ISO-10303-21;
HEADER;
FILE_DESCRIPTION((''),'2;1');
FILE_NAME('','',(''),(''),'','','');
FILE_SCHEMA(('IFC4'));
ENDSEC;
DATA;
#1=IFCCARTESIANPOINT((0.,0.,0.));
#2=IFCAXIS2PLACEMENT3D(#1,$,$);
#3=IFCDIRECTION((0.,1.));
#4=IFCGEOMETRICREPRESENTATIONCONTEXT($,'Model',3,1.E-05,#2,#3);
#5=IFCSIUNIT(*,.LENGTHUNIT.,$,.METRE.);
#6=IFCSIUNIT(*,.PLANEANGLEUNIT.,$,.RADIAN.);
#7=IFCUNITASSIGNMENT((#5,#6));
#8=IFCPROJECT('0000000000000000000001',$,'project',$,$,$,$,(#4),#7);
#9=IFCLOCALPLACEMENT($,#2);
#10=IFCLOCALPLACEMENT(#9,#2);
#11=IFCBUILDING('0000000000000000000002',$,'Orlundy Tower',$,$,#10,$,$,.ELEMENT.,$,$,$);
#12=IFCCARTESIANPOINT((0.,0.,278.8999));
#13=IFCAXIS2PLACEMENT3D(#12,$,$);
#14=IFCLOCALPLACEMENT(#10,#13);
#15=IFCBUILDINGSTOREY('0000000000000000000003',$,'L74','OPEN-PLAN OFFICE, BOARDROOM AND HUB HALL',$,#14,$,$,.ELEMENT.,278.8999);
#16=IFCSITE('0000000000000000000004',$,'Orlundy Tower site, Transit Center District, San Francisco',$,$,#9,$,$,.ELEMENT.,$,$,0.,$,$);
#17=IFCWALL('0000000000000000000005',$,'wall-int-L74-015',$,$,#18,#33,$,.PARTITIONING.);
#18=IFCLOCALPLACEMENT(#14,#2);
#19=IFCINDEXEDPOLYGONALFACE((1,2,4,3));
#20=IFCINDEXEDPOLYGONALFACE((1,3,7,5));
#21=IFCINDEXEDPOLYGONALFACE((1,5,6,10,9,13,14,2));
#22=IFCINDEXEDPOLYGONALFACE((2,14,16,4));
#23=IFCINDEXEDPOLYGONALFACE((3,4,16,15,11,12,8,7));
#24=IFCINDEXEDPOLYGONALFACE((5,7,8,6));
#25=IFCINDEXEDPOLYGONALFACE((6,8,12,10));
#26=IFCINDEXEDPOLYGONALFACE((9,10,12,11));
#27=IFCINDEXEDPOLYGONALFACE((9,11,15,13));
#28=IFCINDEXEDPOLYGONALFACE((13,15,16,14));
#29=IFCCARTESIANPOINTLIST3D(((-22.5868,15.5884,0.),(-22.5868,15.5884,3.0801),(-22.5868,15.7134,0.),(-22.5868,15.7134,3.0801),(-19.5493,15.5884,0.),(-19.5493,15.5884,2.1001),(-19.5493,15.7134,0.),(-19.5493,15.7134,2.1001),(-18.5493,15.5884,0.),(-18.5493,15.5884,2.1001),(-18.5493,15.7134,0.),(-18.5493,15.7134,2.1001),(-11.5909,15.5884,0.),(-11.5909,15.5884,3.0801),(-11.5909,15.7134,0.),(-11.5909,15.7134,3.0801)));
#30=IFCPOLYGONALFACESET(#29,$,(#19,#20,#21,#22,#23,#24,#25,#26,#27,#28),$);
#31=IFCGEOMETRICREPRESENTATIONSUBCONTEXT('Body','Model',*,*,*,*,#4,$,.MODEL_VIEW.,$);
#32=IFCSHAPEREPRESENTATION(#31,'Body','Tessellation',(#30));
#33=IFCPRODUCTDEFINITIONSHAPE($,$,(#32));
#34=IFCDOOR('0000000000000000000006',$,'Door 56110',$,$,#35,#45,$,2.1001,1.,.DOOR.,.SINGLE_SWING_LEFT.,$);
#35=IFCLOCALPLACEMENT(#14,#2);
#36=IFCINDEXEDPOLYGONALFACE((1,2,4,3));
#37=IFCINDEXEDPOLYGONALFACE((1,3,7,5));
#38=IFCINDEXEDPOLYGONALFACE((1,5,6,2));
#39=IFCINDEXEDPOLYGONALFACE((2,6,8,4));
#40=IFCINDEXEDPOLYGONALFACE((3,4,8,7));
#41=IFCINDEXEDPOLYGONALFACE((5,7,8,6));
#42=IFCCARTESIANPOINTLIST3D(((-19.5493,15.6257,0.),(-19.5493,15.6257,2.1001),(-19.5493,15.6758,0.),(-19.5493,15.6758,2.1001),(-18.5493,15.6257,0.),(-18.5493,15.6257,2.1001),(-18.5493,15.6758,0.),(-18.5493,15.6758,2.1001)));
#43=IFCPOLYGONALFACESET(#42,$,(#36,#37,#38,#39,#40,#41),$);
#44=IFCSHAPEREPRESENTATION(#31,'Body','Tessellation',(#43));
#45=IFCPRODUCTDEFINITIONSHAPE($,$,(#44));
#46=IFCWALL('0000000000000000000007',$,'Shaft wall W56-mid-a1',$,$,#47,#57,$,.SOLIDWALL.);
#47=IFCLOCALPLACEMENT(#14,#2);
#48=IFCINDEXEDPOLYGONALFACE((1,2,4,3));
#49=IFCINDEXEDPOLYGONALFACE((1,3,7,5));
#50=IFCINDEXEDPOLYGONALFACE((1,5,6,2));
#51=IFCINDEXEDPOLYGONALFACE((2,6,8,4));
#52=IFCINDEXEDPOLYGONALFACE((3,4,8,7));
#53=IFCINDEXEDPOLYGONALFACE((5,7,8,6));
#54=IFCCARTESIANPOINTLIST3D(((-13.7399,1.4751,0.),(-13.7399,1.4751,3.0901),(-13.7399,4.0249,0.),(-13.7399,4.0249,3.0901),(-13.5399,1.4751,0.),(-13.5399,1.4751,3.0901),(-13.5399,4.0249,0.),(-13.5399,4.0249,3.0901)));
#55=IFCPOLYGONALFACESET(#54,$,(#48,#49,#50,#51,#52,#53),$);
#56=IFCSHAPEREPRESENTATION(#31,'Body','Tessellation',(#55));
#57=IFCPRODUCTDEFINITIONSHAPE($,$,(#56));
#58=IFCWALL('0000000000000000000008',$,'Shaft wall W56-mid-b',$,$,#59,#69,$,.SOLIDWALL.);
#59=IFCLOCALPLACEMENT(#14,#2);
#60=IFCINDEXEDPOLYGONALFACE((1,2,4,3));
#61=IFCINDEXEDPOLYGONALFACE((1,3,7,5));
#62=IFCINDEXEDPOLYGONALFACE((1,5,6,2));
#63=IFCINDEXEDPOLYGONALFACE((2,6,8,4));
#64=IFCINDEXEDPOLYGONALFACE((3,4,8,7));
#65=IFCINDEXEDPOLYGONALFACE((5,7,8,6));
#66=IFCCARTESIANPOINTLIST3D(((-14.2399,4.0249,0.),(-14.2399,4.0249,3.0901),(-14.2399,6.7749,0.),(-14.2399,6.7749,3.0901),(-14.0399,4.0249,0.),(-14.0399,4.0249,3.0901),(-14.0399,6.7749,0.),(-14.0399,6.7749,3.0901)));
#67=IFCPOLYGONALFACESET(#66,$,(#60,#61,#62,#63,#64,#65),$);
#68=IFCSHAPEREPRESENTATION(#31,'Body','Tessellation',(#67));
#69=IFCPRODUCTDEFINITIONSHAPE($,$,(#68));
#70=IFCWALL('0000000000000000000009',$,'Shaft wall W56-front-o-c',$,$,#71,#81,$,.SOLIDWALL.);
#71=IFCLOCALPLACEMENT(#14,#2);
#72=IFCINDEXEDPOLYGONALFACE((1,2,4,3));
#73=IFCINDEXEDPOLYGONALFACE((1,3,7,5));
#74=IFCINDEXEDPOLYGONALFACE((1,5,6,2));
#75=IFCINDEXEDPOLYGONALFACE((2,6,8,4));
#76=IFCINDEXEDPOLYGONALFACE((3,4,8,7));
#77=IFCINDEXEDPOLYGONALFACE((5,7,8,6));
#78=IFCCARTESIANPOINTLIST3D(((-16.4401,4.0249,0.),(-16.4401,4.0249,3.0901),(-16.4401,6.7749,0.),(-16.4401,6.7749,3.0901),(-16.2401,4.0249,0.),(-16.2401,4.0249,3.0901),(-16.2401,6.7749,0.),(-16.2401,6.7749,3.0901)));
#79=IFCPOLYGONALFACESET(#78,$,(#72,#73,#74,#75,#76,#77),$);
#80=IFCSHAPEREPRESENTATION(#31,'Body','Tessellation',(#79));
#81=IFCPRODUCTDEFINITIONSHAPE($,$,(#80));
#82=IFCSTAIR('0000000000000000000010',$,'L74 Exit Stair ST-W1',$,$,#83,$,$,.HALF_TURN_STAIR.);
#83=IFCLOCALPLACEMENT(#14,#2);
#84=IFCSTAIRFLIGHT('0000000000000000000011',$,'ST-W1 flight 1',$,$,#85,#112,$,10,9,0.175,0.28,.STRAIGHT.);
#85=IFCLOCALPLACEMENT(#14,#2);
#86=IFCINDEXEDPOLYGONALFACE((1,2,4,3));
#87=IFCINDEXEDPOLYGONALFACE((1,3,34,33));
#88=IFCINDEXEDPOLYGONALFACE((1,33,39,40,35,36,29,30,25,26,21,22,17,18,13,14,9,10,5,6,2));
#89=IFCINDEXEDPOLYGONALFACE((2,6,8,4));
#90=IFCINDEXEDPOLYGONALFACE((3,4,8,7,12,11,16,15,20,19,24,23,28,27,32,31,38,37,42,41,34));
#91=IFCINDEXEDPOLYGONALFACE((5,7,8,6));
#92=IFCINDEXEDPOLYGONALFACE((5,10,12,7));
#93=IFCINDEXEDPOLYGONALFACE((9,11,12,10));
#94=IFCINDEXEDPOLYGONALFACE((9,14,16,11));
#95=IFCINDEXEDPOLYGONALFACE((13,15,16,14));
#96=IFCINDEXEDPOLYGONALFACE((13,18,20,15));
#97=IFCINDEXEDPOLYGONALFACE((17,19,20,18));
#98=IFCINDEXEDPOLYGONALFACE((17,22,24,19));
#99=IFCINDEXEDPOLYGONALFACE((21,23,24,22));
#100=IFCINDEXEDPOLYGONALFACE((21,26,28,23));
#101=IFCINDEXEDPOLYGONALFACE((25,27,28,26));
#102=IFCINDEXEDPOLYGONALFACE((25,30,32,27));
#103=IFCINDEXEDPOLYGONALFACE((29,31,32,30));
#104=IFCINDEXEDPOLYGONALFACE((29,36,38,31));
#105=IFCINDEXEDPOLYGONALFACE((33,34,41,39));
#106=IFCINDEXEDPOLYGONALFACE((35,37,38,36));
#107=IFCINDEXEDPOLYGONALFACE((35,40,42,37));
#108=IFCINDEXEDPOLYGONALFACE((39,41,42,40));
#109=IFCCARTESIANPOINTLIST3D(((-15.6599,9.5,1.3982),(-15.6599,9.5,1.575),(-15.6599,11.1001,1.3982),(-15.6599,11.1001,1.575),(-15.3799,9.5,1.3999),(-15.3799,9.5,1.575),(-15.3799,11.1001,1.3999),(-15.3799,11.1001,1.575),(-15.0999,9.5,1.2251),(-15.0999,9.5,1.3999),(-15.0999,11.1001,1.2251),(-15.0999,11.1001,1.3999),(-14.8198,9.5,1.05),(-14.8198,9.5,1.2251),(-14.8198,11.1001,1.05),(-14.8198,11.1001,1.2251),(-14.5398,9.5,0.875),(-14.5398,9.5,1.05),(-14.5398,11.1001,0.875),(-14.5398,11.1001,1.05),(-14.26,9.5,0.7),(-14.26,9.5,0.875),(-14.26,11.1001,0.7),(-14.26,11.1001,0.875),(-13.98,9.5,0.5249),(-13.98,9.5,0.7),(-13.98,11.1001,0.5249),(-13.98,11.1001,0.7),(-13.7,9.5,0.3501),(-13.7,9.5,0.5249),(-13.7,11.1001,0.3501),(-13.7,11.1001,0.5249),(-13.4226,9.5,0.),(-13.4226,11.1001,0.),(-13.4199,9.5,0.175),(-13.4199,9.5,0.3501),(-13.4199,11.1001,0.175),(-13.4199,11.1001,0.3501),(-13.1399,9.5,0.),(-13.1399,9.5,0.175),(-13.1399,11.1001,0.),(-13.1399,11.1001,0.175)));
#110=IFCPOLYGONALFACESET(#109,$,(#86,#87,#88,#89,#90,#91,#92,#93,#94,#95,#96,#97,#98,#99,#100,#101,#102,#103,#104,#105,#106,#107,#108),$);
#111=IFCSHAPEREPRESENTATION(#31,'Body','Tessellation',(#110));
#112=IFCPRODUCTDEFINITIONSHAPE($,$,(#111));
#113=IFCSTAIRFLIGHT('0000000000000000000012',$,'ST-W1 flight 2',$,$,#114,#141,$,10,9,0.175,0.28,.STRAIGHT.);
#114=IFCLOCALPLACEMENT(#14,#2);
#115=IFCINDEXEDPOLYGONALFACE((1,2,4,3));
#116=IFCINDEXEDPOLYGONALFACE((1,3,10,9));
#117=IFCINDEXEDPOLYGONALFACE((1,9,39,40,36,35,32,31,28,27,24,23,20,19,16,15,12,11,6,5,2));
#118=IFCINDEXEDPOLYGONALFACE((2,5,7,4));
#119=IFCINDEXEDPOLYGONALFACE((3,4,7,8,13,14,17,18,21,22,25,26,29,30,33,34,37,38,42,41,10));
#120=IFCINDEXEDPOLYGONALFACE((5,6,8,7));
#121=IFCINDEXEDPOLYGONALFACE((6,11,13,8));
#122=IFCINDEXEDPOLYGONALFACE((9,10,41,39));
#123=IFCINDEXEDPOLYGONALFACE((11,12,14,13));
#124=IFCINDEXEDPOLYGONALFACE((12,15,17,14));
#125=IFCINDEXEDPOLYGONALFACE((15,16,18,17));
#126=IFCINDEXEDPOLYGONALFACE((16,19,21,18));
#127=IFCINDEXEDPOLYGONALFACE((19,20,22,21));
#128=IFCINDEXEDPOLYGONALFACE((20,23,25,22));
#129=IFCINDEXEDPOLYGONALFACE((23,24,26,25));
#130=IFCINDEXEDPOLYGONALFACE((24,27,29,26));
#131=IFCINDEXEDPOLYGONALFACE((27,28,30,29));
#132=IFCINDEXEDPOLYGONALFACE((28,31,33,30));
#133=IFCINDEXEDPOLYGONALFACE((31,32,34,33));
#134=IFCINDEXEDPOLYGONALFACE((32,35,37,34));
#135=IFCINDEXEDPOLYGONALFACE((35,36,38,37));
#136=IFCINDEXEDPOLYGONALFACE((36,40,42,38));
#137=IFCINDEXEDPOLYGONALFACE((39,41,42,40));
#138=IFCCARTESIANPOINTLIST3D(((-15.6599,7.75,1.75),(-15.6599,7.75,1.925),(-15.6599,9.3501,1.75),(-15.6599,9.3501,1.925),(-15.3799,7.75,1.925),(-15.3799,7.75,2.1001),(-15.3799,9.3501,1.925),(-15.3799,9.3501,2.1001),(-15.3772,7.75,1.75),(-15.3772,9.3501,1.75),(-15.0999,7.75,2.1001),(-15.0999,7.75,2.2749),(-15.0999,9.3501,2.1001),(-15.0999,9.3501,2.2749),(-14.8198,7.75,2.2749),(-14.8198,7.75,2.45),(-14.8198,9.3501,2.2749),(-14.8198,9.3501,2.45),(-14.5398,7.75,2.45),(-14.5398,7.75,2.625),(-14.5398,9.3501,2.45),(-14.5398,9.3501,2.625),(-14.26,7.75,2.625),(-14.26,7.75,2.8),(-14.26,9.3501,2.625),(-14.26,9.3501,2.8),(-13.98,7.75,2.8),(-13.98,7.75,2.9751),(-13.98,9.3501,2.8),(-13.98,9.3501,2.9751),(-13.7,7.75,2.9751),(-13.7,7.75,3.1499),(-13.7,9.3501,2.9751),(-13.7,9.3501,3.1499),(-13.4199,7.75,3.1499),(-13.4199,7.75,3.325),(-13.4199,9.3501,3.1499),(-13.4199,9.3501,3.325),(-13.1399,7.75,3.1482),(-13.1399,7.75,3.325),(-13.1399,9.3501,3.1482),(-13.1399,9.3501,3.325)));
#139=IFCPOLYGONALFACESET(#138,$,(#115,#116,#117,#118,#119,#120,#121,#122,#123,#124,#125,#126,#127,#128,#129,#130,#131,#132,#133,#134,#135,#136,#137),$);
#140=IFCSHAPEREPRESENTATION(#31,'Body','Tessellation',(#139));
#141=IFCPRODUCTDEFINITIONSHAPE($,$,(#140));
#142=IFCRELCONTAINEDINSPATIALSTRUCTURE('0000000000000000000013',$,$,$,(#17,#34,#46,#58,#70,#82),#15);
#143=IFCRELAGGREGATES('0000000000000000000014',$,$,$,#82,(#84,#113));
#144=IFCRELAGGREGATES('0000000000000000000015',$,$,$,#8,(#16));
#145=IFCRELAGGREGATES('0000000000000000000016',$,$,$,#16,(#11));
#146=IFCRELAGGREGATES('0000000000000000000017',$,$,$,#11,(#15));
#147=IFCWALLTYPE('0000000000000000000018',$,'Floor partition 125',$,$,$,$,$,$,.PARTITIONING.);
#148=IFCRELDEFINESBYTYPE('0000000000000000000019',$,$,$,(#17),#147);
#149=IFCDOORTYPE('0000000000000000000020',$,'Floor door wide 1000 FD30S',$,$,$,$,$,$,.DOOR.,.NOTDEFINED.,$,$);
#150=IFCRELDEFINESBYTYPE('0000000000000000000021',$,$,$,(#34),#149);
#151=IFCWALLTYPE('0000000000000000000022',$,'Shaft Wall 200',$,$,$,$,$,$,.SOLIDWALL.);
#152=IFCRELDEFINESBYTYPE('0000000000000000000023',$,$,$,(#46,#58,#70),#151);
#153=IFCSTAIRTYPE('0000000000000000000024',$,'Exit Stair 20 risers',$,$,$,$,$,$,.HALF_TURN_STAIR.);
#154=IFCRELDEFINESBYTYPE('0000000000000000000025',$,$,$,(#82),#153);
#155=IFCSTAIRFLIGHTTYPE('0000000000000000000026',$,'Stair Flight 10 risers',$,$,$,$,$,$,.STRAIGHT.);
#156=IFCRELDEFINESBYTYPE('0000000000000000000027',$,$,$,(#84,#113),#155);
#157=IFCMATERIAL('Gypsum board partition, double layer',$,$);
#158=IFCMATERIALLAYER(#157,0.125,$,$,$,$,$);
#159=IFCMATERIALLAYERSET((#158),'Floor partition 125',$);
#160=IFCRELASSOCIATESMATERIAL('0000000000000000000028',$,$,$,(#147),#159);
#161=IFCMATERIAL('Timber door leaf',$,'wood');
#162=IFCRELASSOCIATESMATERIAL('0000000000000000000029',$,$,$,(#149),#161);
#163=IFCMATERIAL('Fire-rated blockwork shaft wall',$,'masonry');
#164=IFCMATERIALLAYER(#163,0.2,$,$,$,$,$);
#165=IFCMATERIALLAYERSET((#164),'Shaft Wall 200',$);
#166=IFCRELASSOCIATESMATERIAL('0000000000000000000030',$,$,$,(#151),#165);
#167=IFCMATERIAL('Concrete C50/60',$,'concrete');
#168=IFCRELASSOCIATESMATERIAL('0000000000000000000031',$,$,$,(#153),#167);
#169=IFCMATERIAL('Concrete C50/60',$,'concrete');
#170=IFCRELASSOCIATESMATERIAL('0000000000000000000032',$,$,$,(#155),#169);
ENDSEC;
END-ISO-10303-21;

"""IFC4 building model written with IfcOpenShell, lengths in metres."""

from ifc_helpers import new_model, si_unit, direction, frame, frame_2d, origin, place, context, subcontext, project, spatial, polyline, rectangle, outline, extrude, material, layer, layer_set, type_object, element, fill, aggregate, save


model = new_model("IFC4")

# Units and contexts
model_context = context("Model", 3, precision=1e-05, world=origin(), true_north=direction((0.0, 1.0)))
body_context = subcontext(model_context, "Body", "Model", "MODEL_VIEW")
ifc_project = project(units=[si_unit("LENGTHUNIT", "METRE"), si_unit("PLANEANGLEUNIT", "RADIAN")], contexts=[model_context])

# Site, building, storey
site_placement = place(None, origin())
site = spatial("IfcSite", under=ifc_project, at=site_placement, Name="Orlundy Tower site, Transit Center District, San Francisco", CompositionType="ELEMENT", RefElevation=0.0)
building_placement = place(site_placement, origin())
building = spatial("IfcBuilding", under=site, at=building_placement, Name="Orlundy Tower", CompositionType="ELEMENT")
storey_placement = place(building_placement, frame((0.0, 0.0, 278.8999)))
storey = spatial("IfcBuildingStorey", under=building, at=storey_placement, Name="L74", Description="OPEN-PLAN OFFICE, BOARDROOM AND HUB HALL", CompositionType="ELEMENT", Elevation=278.8999)

# Wall, opening, door
ifc_material_1 = material(Name="Gypsum board partition, double layer")
ifc_layer_1 = layer(ifc_material_1, 0.125)
ifc_layer_set_1 = layer_set([ifc_layer_1], Name="Floor partition 125")
wall_type_1 = type_object("IfcWallType", Name="Floor partition 125", PredefinedType="PARTITIONING", material=ifc_layer_set_1)
wall_1_placement = place(storey_placement, frame((-22.5869, 15.6509, 0.0), z_axis=(0.0, 0.0, 1.0), x_axis=(1.0, 0.0, 0.0)))
wall_1 = element("IfcWall", 1, at=wall_1_placement, inside=storey, type_object=wall_type_1, Name="wall-int-L74-015", PredefinedType="PARTITIONING", context=body_context, shape_type="SweptSolid", body=[
    extrude(rectangle(XDim=10.9958, YDim=0.125, at=frame_2d((5.498, 0.0))), origin(), (0.0, 0.0, 1.0), 3.0801),
])
opening_1_placement = place(wall_1_placement, frame((3.0376, 0.0, 0.0)))
opening_1 = element("IfcOpeningElement", 2, at=opening_1_placement, cuts=wall_1, PredefinedType="OPENING", context=body_context, shape_type="SweptSolid", body=[
    extrude(rectangle(XDim=1.0, YDim=2.1001, at=frame_2d((0.5, 1.05))), frame((0.0, 0.0725, 0.0), z_axis=(0.0, -1.0, 0.0), x_axis=(1.0, 0.0, 0.0)), (0.0, 0.0, 1.0), 0.145),
])
ifc_material_2 = material(Name="Timber door leaf", Category="wood")
door_type_1 = type_object("IfcDoorType", Name="Floor door wide 1000 FD30S", OperationType="NOTDEFINED", PredefinedType="DOOR", material=ifc_material_2)
door_1_placement = place(opening_1_placement, origin())
door_1 = element("IfcDoor", 3, at=door_1_placement, inside=storey, type_object=door_type_1, Name="Door 56110", OperationType="SINGLE_SWING_LEFT", OverallHeight=2.1001, OverallWidth=1.0, PredefinedType="DOOR", context=body_context, shape_type="SweptSolid", body=[
    extrude(rectangle(XDim=1.0, YDim=2.1001, at=frame_2d((0.5, 1.05))), frame((0.0, 0.0249, 0.0), z_axis=(0.0, -1.0, 0.0), x_axis=(1.0, 0.0, 0.0)), (0.0, 0.0, 1.0), 0.05),
])
fill(opening_1, door_1)

# Walls
ifc_material_3 = material(Name="Fire-rated blockwork shaft wall", Category="masonry")
ifc_layer_2 = layer(ifc_material_3, 0.2)
ifc_layer_set_2 = layer_set([ifc_layer_2], Name="Shaft Wall 200")
wall_type_2 = type_object("IfcWallType", Name="Shaft Wall 200", PredefinedType="SOLIDWALL", material=ifc_layer_set_2)
wall_2_placement = place(storey_placement, frame((-13.6399, 1.4751, 0.0), z_axis=(0.0, 0.0, 1.0), x_axis=(0.0, 1.0, 0.0)))
element("IfcWall", 4, at=wall_2_placement, inside=storey, type_object=wall_type_2, Name="Shaft wall W56-mid-a1", PredefinedType="SOLIDWALL", context=body_context, shape_type="SweptSolid", body=[
    extrude(rectangle(XDim=2.5498, YDim=0.2, at=frame_2d((1.2749, 0.0))), origin(), (0.0, 0.0, 1.0), 3.0901),
])
for number, where, z_axis, x_axis, name in (
    (5, (-14.1399, 4.0249, 0.0), (0.0, 0.0, 1.0), (0.0, 1.0, 0.0), "Shaft wall W56-mid-b"),
    (6, (-16.3401, 4.0249, 0.0), (0.0, 0.0, 1.0), (0.0, 1.0, 0.0), "Shaft wall W56-front-o-c"),
):
    element("IfcWall", number, at=place(storey_placement, frame(where, z_axis=z_axis, x_axis=x_axis)), inside=storey, type_object=wall_type_2, Name=name, PredefinedType="SOLIDWALL", context=body_context, shape_type="SweptSolid", body=[
        extrude(rectangle(XDim=2.75, YDim=0.2, at=frame_2d((1.375, 0.0))), origin(), (0.0, 0.0, 1.0), 3.0901),
    ])

# Stair, stair flights
ifc_material_4 = material(Name="Concrete C50/60", Category="concrete")
stair_type = type_object("IfcStairType", Name="Exit Stair 20 risers", PredefinedType="HALF_TURN_STAIR", material=ifc_material_4)
stair_placement = place(storey_placement, origin())
stair = element("IfcStair", 7, at=stair_placement, inside=storey, type_object=stair_type, Name="L74 Exit Stair ST-W1", PredefinedType="HALF_TURN_STAIR")
ifc_material_5 = material(Name="Concrete C50/60", Category="concrete")
stair_flight_type = type_object("IfcStairFlightType", Name="Stair Flight 10 risers", PredefinedType="STRAIGHT", material=ifc_material_5)
stair_flight_1_placement = place(storey_placement, frame((-13.1399, 10.3, 0.0), z_axis=(0.0, 0.0, 1.0), x_axis=(-1.0, 0.0, 0.0)))
stair_flight_1 = element("IfcStairFlight", 8, at=stair_flight_1_placement, type_object=stair_flight_type, Name="ST-W1 flight 1", NumberOfRisers=10, NumberOfTreads=9, PredefinedType="STRAIGHT", RiserHeight=0.175, TreadLength=0.28, context=body_context, shape_type="SweptSolid", body=[
    extrude(outline(polyline([(0.0, 0.0), (0.0, 0.175), (0.28, 0.175), (0.28, 0.3501), (0.5601, 0.3501), (0.5601, 0.5249), (0.8401, 0.5249), (0.8401, 0.7), (1.1201, 0.7), (1.1201, 0.875), (1.3999, 0.875), (1.3999, 1.05), (1.6799, 1.05), (1.6799, 1.2251), (1.96, 1.2251), (1.96, 1.3999), (2.24, 1.3999), (2.24, 1.575), (2.52, 1.575), (2.52, 1.75), (2.52, 1.3982), (0.2827, 0.0), (0.0, 0.0)])), frame((0.0, 0.8, 0.0), z_axis=(0.0, -1.0, 0.0), x_axis=(1.0, 0.0, 0.0)), (0.0, 0.0, 1.0), 1.6001),
])
stair_flight_2_placement = place(storey_placement, frame((-15.6599, 8.55, 1.75), z_axis=(0.0, 0.0, 1.0), x_axis=(1.0, 0.0, 0.0)))
stair_flight_2 = element("IfcStairFlight", 9, at=stair_flight_2_placement, type_object=stair_flight_type, Name="ST-W1 flight 2", NumberOfRisers=10, NumberOfTreads=9, PredefinedType="STRAIGHT", RiserHeight=0.175, TreadLength=0.28, context=body_context, shape_type="SweptSolid", body=[
    extrude(outline(polyline([(0.0, 0.0), (0.0, 0.175), (0.28, 0.175), (0.28, 0.3501), (0.5601, 0.3501), (0.5601, 0.5249), (0.8401, 0.5249), (0.8401, 0.7), (1.1201, 0.7), (1.1201, 0.875), (1.3999, 0.875), (1.3999, 1.05), (1.6799, 1.05), (1.6799, 1.2251), (1.96, 1.2251), (1.96, 1.3999), (2.24, 1.3999), (2.24, 1.575), (2.52, 1.575), (2.52, 1.75), (2.52, 1.3982), (0.2827, 0.0), (0.0, 0.0)])), frame((0.0, 0.8, 0.0), z_axis=(0.0, -1.0, 0.0), x_axis=(1.0, 0.0, 0.0)), (0.0, 0.0, 1.0), 1.6001),
])
aggregate(stair, [stair_flight_1, stair_flight_2])

save(model, "model.ifc")
